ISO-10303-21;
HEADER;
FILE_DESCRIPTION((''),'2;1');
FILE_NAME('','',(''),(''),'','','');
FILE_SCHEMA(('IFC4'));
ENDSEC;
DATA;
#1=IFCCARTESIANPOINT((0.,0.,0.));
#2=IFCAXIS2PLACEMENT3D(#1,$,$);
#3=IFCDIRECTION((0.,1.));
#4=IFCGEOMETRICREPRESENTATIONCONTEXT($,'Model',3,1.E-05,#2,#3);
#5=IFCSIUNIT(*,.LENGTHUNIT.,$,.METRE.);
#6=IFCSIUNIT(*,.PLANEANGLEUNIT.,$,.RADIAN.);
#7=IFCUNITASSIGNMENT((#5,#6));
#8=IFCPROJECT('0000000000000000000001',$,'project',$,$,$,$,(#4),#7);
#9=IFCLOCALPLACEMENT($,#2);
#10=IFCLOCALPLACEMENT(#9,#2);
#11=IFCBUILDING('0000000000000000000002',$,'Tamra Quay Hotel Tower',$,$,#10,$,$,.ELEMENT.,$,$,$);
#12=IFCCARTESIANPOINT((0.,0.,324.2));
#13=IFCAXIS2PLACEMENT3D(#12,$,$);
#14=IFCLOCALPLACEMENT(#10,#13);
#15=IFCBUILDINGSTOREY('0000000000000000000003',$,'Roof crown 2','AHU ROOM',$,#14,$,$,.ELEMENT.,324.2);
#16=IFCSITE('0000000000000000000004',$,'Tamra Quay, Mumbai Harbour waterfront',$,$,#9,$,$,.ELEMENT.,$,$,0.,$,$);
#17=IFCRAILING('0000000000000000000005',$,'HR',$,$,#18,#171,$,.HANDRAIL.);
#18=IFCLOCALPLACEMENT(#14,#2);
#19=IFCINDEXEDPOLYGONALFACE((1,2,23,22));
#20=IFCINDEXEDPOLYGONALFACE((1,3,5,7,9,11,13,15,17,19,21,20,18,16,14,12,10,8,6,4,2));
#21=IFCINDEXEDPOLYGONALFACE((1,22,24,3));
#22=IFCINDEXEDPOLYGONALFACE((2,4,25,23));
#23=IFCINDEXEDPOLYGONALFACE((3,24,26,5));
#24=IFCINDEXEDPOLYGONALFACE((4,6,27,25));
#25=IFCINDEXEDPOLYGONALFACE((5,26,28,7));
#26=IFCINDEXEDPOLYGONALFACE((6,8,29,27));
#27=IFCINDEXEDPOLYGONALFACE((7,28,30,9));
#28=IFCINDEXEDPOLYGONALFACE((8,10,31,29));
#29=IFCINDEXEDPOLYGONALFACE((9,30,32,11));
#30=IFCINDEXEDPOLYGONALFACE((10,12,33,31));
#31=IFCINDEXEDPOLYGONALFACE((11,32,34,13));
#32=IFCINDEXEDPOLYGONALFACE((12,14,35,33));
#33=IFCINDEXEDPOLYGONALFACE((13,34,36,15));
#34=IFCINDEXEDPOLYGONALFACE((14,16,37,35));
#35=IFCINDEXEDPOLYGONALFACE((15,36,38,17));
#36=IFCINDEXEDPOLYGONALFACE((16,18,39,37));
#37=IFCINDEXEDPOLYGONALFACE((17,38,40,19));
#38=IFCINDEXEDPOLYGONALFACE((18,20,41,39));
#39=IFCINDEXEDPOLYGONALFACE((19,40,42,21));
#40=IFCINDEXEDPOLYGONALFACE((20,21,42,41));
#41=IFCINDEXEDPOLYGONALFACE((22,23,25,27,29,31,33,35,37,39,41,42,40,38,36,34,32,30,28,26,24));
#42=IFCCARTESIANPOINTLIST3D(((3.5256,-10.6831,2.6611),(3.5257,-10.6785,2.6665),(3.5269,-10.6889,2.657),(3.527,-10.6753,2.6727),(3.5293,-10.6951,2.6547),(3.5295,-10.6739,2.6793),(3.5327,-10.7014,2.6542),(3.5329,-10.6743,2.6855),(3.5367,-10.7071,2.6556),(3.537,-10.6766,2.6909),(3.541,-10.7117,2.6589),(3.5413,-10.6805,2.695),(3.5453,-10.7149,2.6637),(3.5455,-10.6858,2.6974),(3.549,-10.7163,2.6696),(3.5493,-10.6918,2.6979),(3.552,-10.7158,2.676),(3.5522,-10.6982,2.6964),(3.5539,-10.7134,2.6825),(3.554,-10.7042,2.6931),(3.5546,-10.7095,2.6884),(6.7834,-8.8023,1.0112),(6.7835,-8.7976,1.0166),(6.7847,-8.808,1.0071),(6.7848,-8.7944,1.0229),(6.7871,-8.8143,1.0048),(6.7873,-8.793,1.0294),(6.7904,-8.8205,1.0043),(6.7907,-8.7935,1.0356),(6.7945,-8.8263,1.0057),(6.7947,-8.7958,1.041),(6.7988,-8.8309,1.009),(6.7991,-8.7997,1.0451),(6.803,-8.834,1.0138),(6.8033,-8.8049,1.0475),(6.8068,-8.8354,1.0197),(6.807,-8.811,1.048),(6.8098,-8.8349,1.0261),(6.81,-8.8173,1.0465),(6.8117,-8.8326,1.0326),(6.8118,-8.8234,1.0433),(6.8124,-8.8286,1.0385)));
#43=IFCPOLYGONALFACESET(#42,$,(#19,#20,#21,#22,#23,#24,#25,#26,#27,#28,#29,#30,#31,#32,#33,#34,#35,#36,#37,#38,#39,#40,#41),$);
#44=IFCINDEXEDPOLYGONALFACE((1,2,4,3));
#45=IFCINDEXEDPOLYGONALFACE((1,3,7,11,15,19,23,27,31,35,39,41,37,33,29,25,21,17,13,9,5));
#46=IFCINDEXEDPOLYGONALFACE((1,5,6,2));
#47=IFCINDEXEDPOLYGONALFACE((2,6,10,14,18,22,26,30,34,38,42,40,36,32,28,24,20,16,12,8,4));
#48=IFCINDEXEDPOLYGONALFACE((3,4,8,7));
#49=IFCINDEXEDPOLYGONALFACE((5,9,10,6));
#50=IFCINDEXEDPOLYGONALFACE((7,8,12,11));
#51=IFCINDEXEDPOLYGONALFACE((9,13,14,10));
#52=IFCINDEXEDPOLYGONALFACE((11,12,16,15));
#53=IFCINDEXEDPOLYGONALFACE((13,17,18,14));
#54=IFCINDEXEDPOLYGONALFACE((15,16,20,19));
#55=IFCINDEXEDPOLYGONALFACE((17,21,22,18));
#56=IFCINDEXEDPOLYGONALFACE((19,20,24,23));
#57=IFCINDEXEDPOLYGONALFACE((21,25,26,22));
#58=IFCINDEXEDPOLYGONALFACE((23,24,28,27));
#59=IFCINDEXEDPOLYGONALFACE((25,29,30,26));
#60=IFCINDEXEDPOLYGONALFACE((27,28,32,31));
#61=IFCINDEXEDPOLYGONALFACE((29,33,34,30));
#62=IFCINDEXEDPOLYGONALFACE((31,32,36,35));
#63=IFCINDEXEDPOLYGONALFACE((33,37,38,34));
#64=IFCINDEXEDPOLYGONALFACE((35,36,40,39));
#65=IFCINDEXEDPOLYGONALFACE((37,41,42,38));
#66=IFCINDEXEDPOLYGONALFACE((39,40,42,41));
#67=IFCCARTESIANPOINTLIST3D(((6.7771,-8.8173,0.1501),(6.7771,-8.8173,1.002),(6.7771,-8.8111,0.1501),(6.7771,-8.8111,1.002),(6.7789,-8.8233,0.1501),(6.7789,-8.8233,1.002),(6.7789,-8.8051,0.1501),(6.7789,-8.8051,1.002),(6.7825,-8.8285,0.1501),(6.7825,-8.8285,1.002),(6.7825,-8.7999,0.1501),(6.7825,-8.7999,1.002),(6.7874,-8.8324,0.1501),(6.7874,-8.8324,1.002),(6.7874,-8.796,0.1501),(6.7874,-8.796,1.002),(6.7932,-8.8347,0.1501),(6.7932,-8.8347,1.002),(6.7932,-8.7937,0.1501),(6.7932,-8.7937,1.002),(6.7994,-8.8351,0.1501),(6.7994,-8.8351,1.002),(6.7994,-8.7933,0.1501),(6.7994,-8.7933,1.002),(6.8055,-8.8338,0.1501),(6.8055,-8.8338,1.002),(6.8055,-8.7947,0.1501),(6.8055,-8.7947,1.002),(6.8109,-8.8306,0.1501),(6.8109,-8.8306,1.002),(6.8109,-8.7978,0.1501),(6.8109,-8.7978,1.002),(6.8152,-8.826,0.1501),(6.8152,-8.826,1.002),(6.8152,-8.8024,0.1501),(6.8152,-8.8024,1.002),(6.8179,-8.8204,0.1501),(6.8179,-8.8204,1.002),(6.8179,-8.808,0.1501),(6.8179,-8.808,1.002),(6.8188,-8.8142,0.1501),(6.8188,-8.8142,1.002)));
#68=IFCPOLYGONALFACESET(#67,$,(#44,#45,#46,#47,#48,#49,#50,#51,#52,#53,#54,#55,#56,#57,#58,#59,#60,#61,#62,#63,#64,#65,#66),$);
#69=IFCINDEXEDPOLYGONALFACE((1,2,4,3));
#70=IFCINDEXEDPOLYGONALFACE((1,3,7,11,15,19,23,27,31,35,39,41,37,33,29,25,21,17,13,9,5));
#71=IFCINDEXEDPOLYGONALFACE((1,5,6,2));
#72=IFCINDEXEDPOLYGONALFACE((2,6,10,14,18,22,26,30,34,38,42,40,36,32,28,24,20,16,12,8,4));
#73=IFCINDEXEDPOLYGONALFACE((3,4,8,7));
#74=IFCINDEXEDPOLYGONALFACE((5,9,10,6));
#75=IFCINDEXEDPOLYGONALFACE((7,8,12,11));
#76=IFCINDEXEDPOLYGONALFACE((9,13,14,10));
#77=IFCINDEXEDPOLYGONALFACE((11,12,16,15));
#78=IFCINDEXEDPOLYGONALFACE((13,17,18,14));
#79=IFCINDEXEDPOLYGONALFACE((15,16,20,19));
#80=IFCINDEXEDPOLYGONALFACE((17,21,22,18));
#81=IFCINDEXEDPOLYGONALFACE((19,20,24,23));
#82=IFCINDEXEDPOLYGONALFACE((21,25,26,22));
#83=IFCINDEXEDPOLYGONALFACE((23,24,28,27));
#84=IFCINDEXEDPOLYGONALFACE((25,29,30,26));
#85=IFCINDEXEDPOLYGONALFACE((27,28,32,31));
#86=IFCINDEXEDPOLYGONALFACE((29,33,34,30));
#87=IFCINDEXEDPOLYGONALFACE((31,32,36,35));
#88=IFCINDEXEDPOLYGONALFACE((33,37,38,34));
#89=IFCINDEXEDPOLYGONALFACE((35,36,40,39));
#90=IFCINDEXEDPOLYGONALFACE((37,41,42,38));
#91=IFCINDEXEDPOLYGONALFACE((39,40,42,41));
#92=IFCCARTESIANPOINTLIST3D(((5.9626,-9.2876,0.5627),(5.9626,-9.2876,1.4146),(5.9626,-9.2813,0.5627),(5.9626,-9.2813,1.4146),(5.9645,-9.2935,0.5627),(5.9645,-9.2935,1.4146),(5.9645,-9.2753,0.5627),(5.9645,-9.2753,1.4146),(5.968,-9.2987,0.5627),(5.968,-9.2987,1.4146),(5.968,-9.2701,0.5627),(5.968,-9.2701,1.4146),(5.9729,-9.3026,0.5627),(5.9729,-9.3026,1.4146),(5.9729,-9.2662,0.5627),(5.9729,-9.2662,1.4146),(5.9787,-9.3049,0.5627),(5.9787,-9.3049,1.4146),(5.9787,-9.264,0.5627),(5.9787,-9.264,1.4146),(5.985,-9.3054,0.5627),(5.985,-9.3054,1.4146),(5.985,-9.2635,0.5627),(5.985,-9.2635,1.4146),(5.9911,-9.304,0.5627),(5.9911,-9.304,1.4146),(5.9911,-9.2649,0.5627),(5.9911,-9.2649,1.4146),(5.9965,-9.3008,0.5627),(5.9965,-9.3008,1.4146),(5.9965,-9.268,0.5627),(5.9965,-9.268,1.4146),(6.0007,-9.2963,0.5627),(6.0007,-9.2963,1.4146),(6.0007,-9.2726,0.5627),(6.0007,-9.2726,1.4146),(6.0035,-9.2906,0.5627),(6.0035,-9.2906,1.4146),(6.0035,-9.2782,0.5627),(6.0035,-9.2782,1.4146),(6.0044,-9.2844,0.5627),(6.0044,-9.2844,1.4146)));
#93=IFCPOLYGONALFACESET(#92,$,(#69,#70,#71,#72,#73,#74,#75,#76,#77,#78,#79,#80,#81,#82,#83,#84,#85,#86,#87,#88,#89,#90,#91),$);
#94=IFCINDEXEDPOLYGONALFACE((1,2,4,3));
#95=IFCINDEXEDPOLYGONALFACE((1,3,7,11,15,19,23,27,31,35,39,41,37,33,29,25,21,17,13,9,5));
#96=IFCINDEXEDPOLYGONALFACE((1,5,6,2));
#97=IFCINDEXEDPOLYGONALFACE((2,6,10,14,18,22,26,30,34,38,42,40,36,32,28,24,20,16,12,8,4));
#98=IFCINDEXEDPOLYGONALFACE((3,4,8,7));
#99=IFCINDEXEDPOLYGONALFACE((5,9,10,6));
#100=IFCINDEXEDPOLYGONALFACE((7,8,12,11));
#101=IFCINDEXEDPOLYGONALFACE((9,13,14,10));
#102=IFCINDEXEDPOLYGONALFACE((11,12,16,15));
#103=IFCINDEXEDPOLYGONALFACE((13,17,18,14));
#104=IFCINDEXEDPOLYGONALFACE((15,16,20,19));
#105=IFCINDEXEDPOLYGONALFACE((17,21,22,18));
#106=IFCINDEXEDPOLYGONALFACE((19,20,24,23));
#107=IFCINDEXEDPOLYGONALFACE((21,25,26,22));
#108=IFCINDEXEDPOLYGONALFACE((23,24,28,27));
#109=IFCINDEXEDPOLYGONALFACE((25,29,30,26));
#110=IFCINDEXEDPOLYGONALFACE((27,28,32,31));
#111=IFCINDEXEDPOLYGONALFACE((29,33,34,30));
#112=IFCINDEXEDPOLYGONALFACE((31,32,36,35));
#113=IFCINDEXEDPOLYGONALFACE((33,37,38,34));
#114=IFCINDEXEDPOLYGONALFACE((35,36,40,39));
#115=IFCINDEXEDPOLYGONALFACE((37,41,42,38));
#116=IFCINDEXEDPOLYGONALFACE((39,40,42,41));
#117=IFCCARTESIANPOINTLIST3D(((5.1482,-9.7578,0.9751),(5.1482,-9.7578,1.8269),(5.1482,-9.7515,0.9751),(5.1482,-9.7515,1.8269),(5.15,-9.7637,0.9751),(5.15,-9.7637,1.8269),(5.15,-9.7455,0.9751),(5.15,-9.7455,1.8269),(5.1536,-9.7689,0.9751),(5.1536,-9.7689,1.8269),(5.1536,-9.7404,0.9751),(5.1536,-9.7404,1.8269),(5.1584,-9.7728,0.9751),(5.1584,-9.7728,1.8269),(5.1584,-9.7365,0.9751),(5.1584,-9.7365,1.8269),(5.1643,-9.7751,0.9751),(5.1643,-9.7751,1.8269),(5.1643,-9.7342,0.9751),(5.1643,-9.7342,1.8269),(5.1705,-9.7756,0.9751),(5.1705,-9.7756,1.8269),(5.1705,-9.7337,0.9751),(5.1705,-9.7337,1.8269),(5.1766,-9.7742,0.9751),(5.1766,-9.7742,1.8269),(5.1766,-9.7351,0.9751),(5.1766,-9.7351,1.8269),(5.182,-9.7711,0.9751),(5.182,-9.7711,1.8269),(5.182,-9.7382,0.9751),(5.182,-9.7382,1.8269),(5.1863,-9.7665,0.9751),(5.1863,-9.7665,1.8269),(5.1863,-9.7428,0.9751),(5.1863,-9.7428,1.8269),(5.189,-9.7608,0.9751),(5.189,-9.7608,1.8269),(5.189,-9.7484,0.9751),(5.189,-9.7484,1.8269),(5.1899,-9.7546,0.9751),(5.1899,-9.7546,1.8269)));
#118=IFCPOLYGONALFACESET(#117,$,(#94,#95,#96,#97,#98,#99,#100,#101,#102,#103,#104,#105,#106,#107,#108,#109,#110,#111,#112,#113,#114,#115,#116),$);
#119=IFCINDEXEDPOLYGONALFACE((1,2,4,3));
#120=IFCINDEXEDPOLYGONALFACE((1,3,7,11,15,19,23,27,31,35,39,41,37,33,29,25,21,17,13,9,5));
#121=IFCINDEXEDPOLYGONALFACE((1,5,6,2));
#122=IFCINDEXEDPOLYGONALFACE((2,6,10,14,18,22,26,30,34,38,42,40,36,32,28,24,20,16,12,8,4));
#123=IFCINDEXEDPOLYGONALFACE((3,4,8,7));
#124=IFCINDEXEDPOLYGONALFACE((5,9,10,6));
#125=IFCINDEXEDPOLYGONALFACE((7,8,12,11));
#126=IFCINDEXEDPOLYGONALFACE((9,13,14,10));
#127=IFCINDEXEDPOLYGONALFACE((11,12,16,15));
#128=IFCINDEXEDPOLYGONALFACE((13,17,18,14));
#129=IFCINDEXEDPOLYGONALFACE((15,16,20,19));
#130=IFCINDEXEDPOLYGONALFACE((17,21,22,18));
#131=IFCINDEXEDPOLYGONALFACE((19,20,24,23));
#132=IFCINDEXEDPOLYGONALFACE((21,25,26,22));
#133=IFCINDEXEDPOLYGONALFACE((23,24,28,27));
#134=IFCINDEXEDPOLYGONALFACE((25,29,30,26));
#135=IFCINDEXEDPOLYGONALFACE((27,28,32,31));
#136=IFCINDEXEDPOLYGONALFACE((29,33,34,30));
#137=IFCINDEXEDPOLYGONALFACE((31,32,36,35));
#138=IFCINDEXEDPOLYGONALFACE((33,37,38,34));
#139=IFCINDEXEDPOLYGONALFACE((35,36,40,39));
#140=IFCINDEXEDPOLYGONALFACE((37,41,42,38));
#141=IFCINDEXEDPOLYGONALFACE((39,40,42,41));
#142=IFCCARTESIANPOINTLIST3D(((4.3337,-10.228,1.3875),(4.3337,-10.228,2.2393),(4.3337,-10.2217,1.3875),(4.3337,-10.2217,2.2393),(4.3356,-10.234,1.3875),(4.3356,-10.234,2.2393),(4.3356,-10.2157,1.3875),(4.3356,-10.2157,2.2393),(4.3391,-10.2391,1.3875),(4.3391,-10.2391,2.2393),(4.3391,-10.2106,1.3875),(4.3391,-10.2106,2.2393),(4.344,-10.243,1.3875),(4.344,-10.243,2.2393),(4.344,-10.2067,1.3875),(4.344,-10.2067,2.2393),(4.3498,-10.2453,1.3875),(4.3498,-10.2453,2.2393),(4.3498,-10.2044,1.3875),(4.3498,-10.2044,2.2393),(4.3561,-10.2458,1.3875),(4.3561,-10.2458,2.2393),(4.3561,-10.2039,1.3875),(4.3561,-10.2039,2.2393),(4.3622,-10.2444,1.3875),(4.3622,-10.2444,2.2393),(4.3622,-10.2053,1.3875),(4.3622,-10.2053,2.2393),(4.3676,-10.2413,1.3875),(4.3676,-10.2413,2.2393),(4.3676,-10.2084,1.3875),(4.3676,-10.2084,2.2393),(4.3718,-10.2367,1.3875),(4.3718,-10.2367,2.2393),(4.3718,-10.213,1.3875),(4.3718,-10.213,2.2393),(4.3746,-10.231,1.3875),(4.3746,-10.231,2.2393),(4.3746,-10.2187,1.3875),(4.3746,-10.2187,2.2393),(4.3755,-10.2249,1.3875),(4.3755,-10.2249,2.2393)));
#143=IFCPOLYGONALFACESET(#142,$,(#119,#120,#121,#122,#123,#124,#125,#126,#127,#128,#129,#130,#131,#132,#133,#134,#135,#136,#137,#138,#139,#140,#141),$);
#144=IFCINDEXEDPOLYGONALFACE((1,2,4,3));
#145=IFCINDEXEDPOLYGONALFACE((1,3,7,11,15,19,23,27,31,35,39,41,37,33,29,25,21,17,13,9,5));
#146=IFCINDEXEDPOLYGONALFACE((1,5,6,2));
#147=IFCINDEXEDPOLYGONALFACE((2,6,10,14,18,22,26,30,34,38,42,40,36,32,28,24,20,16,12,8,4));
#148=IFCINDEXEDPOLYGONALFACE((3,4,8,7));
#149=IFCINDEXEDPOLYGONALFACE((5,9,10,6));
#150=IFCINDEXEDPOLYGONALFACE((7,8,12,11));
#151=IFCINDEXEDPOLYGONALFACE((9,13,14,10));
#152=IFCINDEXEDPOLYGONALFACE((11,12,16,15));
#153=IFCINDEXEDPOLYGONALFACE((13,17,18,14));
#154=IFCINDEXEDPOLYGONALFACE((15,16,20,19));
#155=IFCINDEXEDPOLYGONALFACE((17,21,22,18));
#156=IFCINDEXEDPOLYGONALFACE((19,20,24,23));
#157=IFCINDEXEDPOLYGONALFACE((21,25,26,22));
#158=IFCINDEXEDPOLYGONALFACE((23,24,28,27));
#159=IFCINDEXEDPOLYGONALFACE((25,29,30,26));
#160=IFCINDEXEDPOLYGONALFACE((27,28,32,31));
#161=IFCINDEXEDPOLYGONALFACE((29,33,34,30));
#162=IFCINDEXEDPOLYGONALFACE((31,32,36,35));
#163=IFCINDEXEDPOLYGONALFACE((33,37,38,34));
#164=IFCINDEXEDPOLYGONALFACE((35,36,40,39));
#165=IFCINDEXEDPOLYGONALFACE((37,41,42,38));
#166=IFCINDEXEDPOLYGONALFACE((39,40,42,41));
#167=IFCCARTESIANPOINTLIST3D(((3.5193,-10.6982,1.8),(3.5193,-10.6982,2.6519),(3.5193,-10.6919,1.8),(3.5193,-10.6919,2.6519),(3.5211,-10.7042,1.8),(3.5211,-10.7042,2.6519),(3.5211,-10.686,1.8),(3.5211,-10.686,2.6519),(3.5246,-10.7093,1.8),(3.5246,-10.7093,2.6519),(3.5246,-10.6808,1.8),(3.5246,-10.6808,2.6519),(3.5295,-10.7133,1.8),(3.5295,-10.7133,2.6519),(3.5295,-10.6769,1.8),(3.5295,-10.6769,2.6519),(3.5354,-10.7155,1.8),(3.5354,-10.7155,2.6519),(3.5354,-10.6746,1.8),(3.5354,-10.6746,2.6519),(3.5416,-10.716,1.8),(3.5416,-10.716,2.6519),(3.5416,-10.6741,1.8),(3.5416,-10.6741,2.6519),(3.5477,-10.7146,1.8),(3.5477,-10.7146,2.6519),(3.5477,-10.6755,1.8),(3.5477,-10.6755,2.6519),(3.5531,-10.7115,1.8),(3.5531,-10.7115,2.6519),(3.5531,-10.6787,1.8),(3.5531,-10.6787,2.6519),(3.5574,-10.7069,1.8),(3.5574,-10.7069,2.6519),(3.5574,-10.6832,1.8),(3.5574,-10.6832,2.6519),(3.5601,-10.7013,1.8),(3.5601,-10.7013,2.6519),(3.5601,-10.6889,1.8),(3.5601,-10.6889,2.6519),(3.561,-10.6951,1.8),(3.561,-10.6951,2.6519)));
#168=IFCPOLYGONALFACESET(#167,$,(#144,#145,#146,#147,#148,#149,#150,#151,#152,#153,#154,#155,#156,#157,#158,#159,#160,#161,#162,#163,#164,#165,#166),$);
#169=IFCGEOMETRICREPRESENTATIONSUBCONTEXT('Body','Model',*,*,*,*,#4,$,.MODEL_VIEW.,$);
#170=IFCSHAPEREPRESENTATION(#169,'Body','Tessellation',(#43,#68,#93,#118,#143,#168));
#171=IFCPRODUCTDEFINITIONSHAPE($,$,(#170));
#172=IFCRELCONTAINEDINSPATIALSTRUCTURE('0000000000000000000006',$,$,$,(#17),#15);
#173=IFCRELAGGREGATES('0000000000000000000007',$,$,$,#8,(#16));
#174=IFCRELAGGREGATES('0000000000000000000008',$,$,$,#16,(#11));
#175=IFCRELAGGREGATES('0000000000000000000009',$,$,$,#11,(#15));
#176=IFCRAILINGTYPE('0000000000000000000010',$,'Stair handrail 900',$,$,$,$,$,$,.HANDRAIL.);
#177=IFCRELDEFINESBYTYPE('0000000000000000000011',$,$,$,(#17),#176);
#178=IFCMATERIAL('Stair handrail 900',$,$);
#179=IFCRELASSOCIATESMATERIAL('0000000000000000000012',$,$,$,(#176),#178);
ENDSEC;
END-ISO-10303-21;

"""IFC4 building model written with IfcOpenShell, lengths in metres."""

from ifc_helpers import new_model, si_unit, direction, frame, origin, origin_2d, place, context, subcontext, project, spatial, circle, extrude, material, type_object, element, save


model = new_model("IFC4")

# Units and contexts
model_context = context("Model", 3, precision=1e-05, world=origin(), true_north=direction((0.0, 1.0)))
body_context = subcontext(model_context, "Body", "Model", "MODEL_VIEW")
ifc_project = project(units=[si_unit("LENGTHUNIT", "METRE"), si_unit("PLANEANGLEUNIT", "RADIAN")], contexts=[model_context])

# Site, building, storey
site_placement = place(None, origin())
site = spatial("IfcSite", under=ifc_project, at=site_placement, Name="Tamra Quay, Mumbai Harbour waterfront", CompositionType="ELEMENT", RefElevation=0.0)
building_placement = place(site_placement, origin())
building = spatial("IfcBuilding", under=site, at=building_placement, Name="Tamra Quay Hotel Tower", CompositionType="ELEMENT")
storey_placement = place(building_placement, frame((0.0, 0.0, 324.2)))
storey = spatial("IfcBuildingStorey", under=building, at=storey_placement, Name="Roof crown 2", Description="AHU ROOM", CompositionType="ELEMENT", Elevation=324.2)

# Railing
ifc_material_1 = material(Name="Stair handrail 900")
railing_type_1 = type_object("IfcRailingType", Name="Stair handrail 900", PredefinedType="HANDRAIL", material=ifc_material_1)
railing_1_placement = place(storey_placement, frame((6.7979, -8.8142, 0.1501)))
element("IfcRailing", 1, at=railing_1_placement, inside=storey, type_object=railing_type_1, Name="HR", PredefinedType="HANDRAIL", context=body_context, shape_type="SweptSolid", body=[
    extrude(circle(Radius=0.0239, at=origin_2d()), frame((0.0, 0.0, 0.876), z_axis=(-0.7931, -0.457887, 0.401661), x_axis=(0.499992, -0.86603, 0.0)), (0.0, 0.0, 1.0), 4.1077),
    extrude(circle(Radius=0.021, at=origin_2d()), origin(), (0.0, 0.0, 1.0), 0.8518),
    extrude(circle(Radius=0.021, at=origin_2d()), frame((-0.8145, -0.4702, 0.4126)), (0.0, 0.0, 1.0), 0.8518),
    extrude(circle(Radius=0.021, at=origin_2d()), frame((-1.6289, -0.9404, 0.825)), (0.0, 0.0, 1.0), 0.8518),
    extrude(circle(Radius=0.021, at=origin_2d()), frame((-2.4434, -1.4106, 1.2373)), (0.0, 0.0, 1.0), 0.8518),
    extrude(circle(Radius=0.021, at=origin_2d()), frame((-3.2578, -1.8809, 1.6499)), (0.0, 0.0, 1.0), 0.8518),
])

save(model, "model.ifc")
